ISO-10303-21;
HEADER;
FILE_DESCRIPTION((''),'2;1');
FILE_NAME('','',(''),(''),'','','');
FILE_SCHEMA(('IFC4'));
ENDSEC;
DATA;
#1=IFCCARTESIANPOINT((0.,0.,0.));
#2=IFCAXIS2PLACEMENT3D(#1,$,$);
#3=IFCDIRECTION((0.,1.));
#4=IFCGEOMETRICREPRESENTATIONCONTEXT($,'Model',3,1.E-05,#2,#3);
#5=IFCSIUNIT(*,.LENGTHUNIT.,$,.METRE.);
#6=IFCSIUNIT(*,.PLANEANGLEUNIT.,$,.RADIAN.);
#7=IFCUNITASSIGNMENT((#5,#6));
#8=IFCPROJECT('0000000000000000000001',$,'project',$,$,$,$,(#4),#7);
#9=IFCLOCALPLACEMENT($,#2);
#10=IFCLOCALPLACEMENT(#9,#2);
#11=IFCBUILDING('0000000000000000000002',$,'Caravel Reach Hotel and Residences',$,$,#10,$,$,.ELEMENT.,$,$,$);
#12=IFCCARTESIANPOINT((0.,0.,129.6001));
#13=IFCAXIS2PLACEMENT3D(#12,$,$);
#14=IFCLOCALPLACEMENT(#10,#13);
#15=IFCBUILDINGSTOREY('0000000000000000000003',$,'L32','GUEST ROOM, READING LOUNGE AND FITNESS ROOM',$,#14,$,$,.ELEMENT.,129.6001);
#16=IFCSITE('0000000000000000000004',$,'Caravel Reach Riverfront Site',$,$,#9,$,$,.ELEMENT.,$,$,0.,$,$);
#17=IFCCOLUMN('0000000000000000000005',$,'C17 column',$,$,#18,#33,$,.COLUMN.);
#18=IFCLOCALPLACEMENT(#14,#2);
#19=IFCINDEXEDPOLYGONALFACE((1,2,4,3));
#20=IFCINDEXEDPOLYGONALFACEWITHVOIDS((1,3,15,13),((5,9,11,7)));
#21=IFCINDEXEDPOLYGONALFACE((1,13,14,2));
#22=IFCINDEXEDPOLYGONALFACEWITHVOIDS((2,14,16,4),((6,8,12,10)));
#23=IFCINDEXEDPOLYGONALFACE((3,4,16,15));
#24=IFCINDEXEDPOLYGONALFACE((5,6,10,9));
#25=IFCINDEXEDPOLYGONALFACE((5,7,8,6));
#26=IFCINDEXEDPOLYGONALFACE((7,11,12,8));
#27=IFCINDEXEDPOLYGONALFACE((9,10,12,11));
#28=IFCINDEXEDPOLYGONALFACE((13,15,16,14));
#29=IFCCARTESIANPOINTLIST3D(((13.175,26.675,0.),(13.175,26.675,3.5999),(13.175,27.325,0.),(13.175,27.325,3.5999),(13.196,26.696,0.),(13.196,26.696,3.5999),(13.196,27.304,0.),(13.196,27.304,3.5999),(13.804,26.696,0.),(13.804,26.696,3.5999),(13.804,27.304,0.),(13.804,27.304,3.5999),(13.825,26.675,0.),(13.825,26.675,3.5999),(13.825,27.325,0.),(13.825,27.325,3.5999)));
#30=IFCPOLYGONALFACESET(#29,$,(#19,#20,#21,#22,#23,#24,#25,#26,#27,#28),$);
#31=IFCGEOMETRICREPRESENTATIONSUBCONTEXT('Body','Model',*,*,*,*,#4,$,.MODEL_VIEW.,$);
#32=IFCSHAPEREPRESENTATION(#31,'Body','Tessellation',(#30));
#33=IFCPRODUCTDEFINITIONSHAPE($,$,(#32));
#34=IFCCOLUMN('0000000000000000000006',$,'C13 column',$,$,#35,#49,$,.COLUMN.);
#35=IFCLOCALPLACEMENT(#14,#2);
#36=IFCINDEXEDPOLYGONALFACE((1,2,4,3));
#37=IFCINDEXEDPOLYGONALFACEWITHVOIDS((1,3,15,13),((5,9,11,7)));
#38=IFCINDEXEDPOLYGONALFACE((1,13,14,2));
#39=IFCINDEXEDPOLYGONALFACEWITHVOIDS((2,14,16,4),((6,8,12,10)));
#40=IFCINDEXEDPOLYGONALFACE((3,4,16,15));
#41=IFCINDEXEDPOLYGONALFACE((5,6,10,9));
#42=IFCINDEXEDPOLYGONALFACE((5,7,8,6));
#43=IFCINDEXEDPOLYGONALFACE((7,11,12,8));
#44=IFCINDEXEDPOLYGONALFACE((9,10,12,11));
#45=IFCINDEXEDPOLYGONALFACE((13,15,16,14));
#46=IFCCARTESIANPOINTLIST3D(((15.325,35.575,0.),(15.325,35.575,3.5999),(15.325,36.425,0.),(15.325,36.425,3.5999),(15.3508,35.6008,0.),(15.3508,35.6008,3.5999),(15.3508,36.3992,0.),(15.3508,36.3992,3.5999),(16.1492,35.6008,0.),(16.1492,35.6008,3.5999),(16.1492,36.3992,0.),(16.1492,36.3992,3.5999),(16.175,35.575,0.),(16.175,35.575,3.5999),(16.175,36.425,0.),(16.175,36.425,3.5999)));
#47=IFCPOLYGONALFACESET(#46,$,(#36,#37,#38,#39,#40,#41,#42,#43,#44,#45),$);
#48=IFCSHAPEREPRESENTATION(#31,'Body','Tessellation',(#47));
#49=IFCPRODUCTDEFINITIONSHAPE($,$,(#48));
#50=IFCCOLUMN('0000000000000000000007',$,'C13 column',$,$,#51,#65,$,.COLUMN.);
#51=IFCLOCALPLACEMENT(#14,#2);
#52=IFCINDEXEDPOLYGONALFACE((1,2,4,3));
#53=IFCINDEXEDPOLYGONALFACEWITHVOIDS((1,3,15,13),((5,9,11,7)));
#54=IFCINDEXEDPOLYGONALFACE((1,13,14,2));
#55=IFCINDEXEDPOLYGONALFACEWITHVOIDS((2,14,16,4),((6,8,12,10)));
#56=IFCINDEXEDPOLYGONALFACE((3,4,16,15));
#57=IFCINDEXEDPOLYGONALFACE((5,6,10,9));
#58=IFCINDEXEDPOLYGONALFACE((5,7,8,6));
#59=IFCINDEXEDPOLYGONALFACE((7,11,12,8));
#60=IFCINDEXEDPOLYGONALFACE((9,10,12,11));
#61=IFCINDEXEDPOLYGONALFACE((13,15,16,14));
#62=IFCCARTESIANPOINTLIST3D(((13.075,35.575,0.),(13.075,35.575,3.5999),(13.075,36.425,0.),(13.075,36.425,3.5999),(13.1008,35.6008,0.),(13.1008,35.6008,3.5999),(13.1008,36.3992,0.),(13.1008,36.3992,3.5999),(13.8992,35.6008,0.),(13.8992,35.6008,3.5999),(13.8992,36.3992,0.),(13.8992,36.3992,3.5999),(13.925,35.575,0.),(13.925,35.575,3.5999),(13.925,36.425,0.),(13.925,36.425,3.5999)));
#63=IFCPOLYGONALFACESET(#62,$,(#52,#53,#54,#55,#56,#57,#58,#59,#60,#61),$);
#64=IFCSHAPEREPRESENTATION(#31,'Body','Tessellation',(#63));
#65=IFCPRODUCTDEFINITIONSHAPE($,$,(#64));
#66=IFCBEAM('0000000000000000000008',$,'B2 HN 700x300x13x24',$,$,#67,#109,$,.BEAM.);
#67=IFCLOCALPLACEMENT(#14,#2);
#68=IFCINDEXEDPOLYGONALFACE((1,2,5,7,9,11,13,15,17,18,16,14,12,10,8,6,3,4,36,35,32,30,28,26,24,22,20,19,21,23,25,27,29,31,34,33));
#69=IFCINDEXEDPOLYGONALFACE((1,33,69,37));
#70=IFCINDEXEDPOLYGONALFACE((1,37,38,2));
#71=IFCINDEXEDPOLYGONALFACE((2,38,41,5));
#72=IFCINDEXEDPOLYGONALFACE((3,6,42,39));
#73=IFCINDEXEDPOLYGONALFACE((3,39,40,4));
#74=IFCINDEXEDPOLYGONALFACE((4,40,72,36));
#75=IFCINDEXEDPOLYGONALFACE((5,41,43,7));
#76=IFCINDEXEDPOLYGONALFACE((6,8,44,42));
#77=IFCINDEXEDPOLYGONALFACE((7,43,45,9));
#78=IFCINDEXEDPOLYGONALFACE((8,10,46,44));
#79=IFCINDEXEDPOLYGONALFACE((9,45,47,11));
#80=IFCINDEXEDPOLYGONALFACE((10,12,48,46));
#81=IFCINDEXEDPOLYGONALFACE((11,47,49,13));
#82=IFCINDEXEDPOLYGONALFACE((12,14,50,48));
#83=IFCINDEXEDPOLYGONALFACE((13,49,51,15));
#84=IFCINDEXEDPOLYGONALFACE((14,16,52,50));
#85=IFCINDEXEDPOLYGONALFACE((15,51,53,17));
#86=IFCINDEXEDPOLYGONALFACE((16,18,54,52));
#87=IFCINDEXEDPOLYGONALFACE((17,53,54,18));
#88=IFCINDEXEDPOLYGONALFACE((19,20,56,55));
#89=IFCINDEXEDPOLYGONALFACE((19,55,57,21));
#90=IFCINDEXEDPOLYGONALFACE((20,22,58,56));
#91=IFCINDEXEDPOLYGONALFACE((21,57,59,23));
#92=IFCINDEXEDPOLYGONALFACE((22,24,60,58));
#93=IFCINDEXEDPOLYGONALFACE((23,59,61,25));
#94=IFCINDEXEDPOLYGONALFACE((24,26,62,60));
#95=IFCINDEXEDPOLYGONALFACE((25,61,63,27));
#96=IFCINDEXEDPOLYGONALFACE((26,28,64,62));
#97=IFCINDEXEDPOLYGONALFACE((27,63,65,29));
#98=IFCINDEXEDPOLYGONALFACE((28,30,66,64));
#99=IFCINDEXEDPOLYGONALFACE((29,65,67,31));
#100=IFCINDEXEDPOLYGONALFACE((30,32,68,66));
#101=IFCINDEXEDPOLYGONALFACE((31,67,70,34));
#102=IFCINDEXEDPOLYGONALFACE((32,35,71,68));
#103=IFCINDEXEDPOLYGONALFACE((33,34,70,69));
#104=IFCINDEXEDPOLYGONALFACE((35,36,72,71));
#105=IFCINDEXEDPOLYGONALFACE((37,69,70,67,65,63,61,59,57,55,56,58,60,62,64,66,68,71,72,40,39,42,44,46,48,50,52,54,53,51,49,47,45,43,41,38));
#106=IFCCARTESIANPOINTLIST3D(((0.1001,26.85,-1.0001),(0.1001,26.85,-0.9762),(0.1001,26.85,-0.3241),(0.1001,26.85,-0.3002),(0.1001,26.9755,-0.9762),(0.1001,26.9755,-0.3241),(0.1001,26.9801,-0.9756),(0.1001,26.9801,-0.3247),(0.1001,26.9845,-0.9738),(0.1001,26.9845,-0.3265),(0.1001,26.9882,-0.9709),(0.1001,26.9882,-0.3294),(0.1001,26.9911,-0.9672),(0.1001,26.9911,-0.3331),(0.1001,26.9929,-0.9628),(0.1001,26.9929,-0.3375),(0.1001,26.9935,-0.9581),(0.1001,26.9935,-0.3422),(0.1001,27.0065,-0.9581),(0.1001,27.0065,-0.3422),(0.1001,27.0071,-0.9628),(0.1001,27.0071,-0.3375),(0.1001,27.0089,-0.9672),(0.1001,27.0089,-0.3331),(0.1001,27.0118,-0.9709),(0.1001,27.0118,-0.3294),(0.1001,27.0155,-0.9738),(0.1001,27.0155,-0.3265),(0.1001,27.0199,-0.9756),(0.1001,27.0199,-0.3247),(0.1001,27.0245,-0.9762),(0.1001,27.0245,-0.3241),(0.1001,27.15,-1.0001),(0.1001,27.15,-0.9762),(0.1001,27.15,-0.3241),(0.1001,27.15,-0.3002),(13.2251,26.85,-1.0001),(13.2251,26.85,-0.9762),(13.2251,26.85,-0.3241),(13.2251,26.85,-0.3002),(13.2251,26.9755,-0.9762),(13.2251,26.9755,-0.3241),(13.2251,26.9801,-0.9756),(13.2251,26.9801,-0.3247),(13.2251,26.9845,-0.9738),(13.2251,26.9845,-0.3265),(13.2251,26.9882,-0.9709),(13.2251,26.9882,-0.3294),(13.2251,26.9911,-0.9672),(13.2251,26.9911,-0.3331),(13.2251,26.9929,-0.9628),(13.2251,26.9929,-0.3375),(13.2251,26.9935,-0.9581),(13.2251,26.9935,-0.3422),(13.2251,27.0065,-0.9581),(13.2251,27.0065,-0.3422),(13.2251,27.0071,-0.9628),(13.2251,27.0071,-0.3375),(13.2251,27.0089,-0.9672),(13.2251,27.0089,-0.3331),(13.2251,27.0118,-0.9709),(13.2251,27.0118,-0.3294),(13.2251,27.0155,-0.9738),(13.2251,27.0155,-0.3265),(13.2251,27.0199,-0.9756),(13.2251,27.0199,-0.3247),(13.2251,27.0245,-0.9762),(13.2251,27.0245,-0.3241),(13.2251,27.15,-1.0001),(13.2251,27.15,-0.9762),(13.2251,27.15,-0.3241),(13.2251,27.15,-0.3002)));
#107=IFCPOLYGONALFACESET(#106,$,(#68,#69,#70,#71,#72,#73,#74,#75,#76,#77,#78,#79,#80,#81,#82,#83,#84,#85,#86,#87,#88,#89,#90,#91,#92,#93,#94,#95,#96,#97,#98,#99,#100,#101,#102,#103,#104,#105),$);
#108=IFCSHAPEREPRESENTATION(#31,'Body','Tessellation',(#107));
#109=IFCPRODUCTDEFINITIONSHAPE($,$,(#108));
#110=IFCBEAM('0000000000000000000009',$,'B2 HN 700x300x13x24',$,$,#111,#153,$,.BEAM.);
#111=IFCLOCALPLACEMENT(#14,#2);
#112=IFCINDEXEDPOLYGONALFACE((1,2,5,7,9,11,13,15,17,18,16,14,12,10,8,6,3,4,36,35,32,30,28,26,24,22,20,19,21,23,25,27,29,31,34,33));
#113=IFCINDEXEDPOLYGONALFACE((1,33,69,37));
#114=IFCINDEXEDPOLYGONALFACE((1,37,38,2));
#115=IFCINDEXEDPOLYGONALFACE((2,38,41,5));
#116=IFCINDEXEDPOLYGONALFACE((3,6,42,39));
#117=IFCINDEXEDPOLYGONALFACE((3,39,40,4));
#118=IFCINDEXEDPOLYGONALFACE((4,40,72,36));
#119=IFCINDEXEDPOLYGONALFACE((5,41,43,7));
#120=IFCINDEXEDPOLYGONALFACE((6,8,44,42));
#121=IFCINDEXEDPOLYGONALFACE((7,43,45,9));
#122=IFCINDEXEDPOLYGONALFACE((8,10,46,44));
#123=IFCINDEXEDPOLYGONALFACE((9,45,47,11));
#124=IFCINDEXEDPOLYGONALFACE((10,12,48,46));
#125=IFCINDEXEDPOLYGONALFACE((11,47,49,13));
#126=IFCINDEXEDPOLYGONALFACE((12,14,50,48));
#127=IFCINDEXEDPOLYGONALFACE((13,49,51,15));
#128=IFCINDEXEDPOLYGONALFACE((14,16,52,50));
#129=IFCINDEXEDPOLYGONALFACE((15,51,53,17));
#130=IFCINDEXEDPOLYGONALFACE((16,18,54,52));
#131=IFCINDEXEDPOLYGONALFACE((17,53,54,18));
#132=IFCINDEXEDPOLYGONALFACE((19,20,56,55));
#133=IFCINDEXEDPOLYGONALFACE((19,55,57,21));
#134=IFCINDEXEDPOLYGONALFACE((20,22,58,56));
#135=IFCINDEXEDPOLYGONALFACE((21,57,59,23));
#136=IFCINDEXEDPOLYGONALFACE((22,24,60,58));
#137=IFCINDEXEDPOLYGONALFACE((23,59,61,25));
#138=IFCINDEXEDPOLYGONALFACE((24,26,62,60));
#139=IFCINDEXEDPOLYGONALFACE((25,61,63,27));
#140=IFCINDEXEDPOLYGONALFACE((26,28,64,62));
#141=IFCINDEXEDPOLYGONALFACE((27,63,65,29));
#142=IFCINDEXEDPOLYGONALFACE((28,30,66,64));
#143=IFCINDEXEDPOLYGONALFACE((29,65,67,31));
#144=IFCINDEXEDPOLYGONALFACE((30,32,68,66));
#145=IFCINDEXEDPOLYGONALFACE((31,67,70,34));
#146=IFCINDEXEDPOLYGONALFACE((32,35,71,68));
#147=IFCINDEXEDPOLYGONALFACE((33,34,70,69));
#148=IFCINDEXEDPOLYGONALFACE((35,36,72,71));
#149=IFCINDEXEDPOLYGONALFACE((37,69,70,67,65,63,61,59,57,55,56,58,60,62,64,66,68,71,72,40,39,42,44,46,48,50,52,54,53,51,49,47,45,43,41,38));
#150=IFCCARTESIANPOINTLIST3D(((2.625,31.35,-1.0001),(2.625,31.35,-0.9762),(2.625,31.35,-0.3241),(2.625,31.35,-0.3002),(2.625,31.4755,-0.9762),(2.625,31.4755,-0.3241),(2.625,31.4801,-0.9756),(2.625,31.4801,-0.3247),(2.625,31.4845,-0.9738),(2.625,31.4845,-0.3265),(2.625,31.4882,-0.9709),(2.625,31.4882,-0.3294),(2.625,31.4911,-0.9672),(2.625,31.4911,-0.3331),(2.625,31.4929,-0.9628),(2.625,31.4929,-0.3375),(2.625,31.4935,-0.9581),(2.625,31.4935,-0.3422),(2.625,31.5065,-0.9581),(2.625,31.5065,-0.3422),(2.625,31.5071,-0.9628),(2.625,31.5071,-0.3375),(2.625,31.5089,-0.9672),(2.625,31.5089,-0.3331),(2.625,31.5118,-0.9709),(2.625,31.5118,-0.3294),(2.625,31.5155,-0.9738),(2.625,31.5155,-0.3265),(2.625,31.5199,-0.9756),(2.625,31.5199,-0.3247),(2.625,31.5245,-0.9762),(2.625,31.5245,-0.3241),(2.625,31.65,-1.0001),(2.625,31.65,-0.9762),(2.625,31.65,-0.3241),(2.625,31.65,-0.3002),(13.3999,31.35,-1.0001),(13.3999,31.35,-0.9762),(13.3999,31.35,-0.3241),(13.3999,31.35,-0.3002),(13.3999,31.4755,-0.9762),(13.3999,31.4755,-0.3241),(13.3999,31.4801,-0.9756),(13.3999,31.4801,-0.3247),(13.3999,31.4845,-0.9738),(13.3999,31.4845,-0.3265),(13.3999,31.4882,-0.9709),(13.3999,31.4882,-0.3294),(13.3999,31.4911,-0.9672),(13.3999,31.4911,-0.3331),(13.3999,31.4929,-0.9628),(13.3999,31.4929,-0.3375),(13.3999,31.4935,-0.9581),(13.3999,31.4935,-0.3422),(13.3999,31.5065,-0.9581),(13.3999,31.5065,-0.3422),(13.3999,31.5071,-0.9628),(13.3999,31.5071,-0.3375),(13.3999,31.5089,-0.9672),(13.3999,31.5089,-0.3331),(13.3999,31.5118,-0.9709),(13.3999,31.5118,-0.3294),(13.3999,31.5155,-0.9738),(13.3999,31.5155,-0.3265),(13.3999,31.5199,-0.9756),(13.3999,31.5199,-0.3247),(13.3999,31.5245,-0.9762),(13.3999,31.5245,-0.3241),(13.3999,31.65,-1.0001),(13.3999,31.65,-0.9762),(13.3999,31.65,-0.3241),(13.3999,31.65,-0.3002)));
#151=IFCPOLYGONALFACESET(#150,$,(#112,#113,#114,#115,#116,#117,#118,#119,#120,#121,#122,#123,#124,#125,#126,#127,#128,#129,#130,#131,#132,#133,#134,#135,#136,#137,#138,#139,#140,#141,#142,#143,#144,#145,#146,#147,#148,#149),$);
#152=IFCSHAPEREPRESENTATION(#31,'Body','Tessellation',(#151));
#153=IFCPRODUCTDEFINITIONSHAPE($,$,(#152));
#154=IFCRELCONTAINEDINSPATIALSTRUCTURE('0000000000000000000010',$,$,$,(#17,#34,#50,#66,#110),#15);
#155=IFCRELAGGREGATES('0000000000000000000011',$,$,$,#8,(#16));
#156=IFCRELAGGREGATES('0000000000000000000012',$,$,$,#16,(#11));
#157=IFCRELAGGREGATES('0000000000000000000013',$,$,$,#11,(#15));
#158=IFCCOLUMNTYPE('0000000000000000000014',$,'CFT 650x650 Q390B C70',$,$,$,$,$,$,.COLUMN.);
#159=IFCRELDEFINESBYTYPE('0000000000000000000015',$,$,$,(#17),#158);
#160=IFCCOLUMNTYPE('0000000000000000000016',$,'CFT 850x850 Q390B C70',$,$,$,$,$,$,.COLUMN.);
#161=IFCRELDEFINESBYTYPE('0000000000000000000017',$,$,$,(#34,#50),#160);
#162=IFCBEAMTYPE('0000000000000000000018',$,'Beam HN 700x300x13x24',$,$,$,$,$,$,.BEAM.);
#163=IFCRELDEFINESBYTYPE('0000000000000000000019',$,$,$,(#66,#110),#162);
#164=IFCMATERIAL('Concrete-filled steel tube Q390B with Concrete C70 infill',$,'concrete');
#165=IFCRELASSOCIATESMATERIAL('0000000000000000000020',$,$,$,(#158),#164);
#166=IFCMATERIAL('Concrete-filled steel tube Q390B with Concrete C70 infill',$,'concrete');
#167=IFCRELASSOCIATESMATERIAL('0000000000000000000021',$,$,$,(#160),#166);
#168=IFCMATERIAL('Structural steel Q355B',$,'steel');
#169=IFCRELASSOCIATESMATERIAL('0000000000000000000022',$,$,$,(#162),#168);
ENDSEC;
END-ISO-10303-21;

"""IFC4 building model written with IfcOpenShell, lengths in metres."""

from ifc_helpers import new_model, si_unit, direction, frame, origin, origin_2d, place, context, subcontext, project, spatial, hollow_rectangle, i_section, extrude, material, material_profile, profile_set, type_object, element, save


model = new_model("IFC4")

# Units and contexts
model_context = context("Model", 3, precision=1e-05, world=origin(), true_north=direction((0.0, 1.0)))
body_context = subcontext(model_context, "Body", "Model", "MODEL_VIEW")
ifc_project = project(units=[si_unit("LENGTHUNIT", "METRE"), si_unit("PLANEANGLEUNIT", "RADIAN")], contexts=[model_context])

# Site, building, storey
site_placement = place(None, origin())
site = spatial("IfcSite", under=ifc_project, at=site_placement, Name="Caravel Reach Riverfront Site", CompositionType="ELEMENT", RefElevation=0.0)
building_placement = place(site_placement, origin())
building = spatial("IfcBuilding", under=site, at=building_placement, Name="Caravel Reach Hotel and Residences", CompositionType="ELEMENT")
storey_placement = place(building_placement, frame((0.0, 0.0, 129.6001)))
storey = spatial("IfcBuildingStorey", under=building, at=storey_placement, Name="L32", Description="GUEST ROOM, READING LOUNGE AND FITNESS ROOM", CompositionType="ELEMENT", Elevation=129.6001)

# Columns
ifc_material_1 = material(Name="Concrete-filled steel tube Q390B with Concrete C70 infill", Category="concrete")
ifc_material_profile_1 = material_profile(ifc_material_1, hollow_rectangle(XDim=0.6499, YDim=0.6499, WallThickness=0.021, at=origin_2d()), Name="RHS 650x650x21")
ifc_profile_set_1 = profile_set([ifc_material_profile_1], Name="Concrete-filled steel tube Q390B with Concrete C70 infill")
column_type_1 = type_object("IfcColumnType", Name="CFT 650x650 Q390B C70", PredefinedType="COLUMN", material=ifc_profile_set_1)
column_placement = place(storey_placement, frame((13.5, 27.0, 0.0), z_axis=(0.0, 0.0, 1.0), x_axis=(1.0, 0.0, 0.0)))
element("IfcColumn", 1, at=column_placement, inside=storey, type_object=column_type_1, Name="C17 column", PredefinedType="COLUMN", context=body_context, shape_type="SweptSolid", body=[
    extrude(hollow_rectangle(XDim=0.6499, YDim=0.6499, WallThickness=0.021, at=origin_2d()), origin(), (0.0, 0.0, 1.0), 3.5999),
])
ifc_material_2 = material(Name="Concrete-filled steel tube Q390B with Concrete C70 infill", Category="concrete")
ifc_material_profile_2 = material_profile(ifc_material_2, hollow_rectangle(XDim=0.8501, YDim=0.8501, WallThickness=0.0259, at=origin_2d()), Name="RHS 850x850x26")
ifc_profile_set_2 = profile_set([ifc_material_profile_2], Name="Concrete-filled steel tube Q390B with Concrete C70 infill")
column_type_2 = type_object("IfcColumnType", Name="CFT 850x850 Q390B C70", PredefinedType="COLUMN", material=ifc_profile_set_2)
for number, where, z_axis, x_axis, name in (
    (2, (15.75, 36.0, 0.0), (0.0, 0.0, 1.0), (1.0, 0.0, 0.0), "C13 column"),
    (3, (13.5, 36.0, 0.0), (0.0, 0.0, 1.0), (1.0, 0.0, 0.0), "C13 column"),
):
    element("IfcColumn", number, at=place(storey_placement, frame(where, z_axis=z_axis, x_axis=x_axis)), inside=storey, type_object=column_type_2, Name=name, PredefinedType="COLUMN", context=body_context, shape_type="SweptSolid", body=[
        extrude(hollow_rectangle(XDim=0.8501, YDim=0.8501, WallThickness=0.0259, at=origin_2d()), origin(), (0.0, 0.0, 1.0), 3.5999),
    ])

# Beams
ifc_material_3 = material(Name="Structural steel Q355B", Category="steel")
ifc_material_profile_3 = material_profile(ifc_material_3, i_section(OverallWidth=0.3, OverallDepth=0.7, WebThickness=0.0129, FlangeThickness=0.0239, FilletRadius=0.0181, at=origin_2d()), Name="HN 700x300x13x24")
ifc_profile_set_3 = profile_set([ifc_material_profile_3], Name="Structural steel Q355B")
beam_type_1 = type_object("IfcBeamType", Name="Beam HN 700x300x13x24", PredefinedType="BEAM", material=ifc_profile_set_3)
beam_1_placement = place(storey_placement, frame((13.2251, 27.0, -0.6501), z_axis=(-1.0, 0.0, 0.0), x_axis=(0.0, -1.0, 0.0)))
element("IfcBeam", 4, at=beam_1_placement, inside=storey, type_object=beam_type_1, Name="B2 HN 700x300x13x24", PredefinedType="BEAM", context=body_context, shape_type="SweptSolid", body=[
    extrude(i_section(OverallWidth=0.3, OverallDepth=0.7, WebThickness=0.0129, FlangeThickness=0.0239, FilletRadius=0.0181, at=origin_2d()), origin(), (0.0, 0.0, 1.0), 13.125),
])
beam_2_placement = place(storey_placement, frame((13.3999, 31.5, -0.6501), z_axis=(-1.0, 0.0, 0.0), x_axis=(0.0, -1.0, 0.0)))
element("IfcBeam", 5, at=beam_2_placement, inside=storey, type_object=beam_type_1, Name="B2 HN 700x300x13x24", PredefinedType="BEAM", context=body_context, shape_type="SweptSolid", body=[
    extrude(i_section(OverallWidth=0.3, OverallDepth=0.7, WebThickness=0.0129, FlangeThickness=0.0239, FilletRadius=0.0181, at=origin_2d()), origin(), (0.0, 0.0, 1.0), 10.7749),
])

save(model, "model.ifc")
